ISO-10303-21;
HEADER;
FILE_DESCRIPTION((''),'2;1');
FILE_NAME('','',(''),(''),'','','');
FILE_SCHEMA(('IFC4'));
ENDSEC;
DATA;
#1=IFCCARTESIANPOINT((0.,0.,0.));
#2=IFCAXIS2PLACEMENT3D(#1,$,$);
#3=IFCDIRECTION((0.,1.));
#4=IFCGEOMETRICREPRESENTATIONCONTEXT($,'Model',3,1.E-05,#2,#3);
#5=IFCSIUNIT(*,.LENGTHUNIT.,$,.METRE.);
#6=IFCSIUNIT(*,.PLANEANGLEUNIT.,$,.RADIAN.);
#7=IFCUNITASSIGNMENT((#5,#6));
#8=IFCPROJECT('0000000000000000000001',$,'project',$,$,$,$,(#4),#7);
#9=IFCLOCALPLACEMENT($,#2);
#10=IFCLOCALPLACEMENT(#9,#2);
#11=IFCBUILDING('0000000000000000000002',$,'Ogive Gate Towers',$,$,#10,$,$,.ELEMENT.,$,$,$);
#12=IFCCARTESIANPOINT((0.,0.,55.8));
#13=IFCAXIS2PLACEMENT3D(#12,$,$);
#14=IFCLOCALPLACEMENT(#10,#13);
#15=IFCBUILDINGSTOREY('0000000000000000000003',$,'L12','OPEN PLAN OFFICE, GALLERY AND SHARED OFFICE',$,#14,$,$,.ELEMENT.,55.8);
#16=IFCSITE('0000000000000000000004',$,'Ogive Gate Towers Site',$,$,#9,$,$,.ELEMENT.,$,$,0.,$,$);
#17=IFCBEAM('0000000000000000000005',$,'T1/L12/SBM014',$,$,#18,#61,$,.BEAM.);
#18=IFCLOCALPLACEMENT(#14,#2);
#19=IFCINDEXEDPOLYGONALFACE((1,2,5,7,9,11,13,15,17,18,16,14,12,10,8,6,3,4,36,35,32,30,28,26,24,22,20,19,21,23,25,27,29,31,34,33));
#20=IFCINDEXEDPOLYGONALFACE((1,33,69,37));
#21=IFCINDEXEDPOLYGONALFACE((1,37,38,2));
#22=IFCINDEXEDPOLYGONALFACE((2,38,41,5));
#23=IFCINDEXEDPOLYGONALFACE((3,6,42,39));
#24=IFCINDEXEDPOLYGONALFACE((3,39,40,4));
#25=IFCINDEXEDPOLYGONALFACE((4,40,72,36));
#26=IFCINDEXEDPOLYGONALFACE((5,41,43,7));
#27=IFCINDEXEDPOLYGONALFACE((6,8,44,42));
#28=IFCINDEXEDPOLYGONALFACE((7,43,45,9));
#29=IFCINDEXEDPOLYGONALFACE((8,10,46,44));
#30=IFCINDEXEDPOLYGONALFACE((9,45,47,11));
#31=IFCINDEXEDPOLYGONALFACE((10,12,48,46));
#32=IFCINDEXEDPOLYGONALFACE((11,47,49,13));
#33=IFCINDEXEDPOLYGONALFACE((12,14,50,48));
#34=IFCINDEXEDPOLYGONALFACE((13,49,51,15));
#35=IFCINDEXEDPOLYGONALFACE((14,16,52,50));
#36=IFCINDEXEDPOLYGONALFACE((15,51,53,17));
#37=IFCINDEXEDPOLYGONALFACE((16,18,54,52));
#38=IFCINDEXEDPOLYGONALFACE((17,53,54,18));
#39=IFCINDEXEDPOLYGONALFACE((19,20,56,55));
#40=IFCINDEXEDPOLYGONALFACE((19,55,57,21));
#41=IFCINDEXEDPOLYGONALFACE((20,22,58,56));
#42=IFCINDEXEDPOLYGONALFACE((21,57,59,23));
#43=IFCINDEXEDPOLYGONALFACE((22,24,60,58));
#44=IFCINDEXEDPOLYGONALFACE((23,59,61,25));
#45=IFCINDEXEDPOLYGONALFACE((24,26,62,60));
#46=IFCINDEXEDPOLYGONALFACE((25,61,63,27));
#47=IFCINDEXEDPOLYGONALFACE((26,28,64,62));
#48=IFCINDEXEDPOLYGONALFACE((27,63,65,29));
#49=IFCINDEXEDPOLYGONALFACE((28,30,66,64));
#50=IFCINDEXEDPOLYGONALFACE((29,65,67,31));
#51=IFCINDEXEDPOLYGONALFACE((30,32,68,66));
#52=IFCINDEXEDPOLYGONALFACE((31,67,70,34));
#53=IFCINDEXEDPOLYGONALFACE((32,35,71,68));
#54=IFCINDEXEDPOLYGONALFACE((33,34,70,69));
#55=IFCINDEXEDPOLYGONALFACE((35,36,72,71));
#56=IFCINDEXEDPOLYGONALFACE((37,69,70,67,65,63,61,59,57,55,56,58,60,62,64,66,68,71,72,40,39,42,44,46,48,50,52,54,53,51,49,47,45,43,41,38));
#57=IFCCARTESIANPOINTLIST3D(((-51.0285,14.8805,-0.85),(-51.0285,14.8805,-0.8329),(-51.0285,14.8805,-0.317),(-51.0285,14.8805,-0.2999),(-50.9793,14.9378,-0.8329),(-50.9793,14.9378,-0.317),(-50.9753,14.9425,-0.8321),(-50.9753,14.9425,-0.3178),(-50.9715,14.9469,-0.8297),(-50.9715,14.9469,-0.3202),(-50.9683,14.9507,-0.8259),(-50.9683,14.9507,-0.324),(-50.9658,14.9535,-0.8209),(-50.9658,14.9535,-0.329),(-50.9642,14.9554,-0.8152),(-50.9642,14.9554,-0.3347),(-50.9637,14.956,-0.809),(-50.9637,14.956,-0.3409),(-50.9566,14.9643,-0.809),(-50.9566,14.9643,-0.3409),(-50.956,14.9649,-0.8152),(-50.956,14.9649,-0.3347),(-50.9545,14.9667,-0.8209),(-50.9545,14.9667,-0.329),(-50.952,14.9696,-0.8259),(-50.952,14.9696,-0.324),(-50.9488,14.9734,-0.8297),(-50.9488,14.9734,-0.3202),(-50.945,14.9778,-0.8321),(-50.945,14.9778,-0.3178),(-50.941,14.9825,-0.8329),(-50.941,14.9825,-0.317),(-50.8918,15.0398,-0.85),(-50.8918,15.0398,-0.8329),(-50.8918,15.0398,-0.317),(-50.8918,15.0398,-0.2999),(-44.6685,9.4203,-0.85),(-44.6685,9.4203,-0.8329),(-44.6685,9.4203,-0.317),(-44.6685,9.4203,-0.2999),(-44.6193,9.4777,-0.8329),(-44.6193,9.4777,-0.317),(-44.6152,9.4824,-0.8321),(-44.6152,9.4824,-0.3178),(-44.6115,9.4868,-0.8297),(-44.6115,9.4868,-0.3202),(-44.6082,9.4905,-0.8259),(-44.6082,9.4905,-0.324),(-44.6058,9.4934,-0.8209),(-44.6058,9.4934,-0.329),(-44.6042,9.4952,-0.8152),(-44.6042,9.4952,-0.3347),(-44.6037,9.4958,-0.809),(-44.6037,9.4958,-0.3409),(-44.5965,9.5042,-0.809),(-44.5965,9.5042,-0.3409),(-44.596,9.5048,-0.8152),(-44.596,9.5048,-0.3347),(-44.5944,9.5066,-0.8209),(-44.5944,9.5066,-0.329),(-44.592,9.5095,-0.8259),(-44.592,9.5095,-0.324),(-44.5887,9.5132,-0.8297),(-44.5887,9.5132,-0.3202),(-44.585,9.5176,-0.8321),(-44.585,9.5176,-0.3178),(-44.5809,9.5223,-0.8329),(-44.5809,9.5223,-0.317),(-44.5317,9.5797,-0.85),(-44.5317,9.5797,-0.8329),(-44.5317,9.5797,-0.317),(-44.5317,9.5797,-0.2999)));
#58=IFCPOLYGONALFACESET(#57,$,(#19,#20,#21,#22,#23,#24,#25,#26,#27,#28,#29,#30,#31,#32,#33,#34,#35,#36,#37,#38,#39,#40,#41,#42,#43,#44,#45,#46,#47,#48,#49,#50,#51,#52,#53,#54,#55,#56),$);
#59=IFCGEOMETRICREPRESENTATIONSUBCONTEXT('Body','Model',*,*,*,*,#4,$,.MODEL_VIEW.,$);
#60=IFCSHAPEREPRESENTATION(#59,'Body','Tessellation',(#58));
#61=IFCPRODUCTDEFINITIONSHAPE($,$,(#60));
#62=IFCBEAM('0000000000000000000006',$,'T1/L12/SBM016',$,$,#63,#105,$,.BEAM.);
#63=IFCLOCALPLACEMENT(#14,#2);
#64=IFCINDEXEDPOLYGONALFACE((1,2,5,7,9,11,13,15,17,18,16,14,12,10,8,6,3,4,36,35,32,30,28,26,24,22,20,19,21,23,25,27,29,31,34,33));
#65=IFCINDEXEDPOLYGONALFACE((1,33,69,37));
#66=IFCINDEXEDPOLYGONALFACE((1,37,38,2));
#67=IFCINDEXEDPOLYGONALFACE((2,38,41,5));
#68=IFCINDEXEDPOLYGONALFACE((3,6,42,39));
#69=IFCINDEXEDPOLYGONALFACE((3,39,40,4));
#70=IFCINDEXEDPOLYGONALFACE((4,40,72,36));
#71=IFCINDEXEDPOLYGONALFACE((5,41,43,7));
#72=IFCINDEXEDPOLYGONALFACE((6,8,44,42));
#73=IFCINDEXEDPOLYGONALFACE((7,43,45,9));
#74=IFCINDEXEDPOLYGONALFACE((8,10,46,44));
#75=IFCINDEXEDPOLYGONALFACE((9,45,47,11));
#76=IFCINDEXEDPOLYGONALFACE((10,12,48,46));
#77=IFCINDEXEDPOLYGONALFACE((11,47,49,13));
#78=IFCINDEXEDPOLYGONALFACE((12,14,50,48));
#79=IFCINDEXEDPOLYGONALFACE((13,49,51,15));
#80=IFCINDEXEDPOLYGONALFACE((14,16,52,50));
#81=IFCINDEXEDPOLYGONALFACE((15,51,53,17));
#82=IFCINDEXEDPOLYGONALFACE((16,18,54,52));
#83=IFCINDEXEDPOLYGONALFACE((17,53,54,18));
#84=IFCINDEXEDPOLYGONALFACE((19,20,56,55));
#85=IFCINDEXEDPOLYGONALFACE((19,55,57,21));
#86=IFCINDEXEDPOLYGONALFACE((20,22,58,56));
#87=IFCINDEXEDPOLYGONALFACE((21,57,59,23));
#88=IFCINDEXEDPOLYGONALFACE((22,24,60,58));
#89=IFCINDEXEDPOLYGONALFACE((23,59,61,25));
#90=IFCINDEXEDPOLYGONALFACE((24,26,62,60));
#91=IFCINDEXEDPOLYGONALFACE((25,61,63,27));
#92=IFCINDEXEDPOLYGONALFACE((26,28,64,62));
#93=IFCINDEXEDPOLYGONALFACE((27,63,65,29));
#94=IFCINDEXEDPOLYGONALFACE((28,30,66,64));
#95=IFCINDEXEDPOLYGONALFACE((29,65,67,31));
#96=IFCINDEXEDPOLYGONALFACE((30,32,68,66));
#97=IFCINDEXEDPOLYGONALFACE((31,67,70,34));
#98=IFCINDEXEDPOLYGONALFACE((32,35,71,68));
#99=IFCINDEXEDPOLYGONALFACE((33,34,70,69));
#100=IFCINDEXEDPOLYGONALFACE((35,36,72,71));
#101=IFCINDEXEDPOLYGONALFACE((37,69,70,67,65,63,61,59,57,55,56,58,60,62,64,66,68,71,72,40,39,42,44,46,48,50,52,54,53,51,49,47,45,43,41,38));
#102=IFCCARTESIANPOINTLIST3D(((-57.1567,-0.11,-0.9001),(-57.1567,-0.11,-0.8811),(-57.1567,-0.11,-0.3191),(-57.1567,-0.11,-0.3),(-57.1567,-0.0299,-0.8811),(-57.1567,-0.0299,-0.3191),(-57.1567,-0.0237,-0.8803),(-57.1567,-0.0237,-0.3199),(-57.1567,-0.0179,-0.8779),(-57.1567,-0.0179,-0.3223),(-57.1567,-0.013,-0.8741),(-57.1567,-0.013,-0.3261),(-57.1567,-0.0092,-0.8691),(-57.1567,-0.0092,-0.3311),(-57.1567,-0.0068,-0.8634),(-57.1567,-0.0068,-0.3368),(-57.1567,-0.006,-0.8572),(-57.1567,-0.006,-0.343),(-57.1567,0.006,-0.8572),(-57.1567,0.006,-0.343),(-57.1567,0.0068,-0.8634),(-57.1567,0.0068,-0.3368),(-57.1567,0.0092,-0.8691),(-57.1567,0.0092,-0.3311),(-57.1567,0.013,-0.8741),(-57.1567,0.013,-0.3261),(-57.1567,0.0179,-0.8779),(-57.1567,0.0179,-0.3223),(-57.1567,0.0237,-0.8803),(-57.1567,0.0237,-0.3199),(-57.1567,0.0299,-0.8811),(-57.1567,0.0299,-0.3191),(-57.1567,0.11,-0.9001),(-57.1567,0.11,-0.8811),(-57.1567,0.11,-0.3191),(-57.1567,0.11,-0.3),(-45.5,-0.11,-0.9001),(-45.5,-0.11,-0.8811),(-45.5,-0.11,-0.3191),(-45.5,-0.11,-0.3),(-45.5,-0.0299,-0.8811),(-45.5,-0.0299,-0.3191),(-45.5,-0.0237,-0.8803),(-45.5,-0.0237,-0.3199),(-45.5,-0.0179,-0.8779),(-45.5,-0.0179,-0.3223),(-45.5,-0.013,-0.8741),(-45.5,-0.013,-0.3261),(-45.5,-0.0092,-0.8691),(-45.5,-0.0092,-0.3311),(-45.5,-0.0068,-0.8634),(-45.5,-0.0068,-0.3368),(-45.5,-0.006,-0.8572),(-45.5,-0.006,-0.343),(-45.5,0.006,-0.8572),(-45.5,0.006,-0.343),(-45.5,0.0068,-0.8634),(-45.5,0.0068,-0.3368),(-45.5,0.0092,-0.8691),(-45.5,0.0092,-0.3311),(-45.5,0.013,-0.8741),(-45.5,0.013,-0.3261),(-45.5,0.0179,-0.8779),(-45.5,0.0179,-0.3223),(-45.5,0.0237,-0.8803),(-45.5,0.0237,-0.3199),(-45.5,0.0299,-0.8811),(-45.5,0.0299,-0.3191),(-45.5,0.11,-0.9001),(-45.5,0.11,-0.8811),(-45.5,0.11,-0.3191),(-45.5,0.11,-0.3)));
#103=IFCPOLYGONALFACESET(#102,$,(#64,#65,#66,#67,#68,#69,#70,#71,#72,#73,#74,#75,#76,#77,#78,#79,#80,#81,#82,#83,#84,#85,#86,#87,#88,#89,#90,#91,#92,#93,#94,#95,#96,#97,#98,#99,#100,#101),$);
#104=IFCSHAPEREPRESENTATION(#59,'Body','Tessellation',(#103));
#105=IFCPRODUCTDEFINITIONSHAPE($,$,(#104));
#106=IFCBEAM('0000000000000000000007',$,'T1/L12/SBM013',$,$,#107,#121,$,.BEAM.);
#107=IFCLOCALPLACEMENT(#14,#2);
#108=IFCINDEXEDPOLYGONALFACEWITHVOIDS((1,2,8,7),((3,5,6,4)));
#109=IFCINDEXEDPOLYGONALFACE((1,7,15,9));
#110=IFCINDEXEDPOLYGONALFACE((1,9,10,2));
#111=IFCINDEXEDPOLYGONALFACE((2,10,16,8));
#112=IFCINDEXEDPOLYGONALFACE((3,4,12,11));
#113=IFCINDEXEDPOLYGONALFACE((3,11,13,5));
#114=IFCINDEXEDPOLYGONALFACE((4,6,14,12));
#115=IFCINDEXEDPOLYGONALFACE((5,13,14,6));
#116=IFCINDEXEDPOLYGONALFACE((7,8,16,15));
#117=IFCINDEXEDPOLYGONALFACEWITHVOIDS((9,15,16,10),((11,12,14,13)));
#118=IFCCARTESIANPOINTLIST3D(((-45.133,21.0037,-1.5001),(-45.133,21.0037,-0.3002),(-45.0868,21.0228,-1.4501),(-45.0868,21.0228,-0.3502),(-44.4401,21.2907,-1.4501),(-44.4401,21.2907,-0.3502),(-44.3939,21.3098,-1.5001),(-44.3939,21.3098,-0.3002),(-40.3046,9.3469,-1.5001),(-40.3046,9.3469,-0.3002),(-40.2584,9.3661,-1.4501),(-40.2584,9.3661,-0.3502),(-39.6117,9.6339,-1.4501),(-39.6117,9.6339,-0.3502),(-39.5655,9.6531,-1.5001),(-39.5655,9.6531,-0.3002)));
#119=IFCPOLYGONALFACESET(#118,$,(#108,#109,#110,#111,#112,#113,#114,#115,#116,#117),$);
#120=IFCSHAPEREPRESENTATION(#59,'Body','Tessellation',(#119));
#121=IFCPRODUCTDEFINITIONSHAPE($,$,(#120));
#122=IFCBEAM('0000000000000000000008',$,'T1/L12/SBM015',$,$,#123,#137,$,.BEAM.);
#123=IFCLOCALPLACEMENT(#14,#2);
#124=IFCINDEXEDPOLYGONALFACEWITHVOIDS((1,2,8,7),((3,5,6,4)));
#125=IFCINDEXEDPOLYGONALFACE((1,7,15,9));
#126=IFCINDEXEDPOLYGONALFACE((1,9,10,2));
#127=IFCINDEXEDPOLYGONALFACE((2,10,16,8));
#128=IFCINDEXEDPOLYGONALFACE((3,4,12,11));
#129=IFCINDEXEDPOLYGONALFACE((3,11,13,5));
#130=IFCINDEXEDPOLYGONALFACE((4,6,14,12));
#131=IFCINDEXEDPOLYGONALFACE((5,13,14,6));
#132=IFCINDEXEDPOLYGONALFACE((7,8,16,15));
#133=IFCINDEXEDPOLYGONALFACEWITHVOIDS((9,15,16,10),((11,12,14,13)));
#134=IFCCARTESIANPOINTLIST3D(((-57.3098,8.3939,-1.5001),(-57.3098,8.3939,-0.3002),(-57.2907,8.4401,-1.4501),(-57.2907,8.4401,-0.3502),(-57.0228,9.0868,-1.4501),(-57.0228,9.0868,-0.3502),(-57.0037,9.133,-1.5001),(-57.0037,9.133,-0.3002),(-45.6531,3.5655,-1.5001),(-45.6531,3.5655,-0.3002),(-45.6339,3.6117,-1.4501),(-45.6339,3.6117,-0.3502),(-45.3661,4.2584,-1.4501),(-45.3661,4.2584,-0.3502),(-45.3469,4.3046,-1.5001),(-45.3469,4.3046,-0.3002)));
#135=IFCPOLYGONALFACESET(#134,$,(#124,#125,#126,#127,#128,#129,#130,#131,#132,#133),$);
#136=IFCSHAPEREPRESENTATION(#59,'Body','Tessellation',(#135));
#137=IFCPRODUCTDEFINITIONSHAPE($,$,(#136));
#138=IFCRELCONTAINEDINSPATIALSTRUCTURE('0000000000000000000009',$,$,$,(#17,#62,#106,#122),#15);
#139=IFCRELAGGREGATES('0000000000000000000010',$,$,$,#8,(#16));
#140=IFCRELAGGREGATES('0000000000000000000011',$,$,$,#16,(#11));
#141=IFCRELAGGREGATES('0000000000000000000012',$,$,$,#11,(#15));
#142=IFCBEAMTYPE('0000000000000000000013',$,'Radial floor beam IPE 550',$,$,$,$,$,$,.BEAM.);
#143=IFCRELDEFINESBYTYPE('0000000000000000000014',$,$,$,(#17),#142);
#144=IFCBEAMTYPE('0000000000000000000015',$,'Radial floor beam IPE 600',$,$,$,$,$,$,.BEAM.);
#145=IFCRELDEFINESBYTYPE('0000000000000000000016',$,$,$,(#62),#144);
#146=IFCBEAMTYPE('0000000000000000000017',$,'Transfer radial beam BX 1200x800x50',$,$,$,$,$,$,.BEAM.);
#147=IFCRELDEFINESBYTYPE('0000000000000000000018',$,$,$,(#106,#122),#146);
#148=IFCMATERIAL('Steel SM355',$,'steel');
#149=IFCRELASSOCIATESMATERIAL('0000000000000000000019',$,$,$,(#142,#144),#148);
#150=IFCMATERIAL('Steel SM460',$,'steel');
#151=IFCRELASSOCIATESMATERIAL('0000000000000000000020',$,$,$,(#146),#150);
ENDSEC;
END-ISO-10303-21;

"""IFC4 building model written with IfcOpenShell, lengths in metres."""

from ifc_helpers import new_model, si_unit, direction, frame, origin, origin_2d, place, context, subcontext, project, spatial, hollow_rectangle, i_section, extrude, material, material_profile, profile_set, type_object, element, save


model = new_model("IFC4")

# Units and contexts
model_context = context("Model", 3, precision=1e-05, world=origin(), true_north=direction((0.0, 1.0)))
body_context = subcontext(model_context, "Body", "Model", "MODEL_VIEW")
ifc_project = project(units=[si_unit("LENGTHUNIT", "METRE"), si_unit("PLANEANGLEUNIT", "RADIAN")], contexts=[model_context])

# Site, building, storey
site_placement = place(None, origin())
site = spatial("IfcSite", under=ifc_project, at=site_placement, Name="Ogive Gate Towers Site", CompositionType="ELEMENT", RefElevation=0.0)
building_placement = place(site_placement, origin())
building = spatial("IfcBuilding", under=site, at=building_placement, Name="Ogive Gate Towers", CompositionType="ELEMENT")
storey_placement = place(building_placement, frame((0.0, 0.0, 55.8)))
storey = spatial("IfcBuildingStorey", under=building, at=storey_placement, Name="L12", Description="OPEN PLAN OFFICE, GALLERY AND SHARED OFFICE", CompositionType="ELEMENT", Elevation=55.8)

# Beams
ifc_material_1 = material(Name="Steel SM355", Category="steel")
ifc_material_profile_1 = material_profile(ifc_material_1, i_section(OverallWidth=0.21, OverallDepth=0.55, WebThickness=0.011, FlangeThickness=0.0171, FilletRadius=0.0239, at=origin_2d()), Name="IPE 550")
ifc_profile_set_1 = profile_set([ifc_material_profile_1], Name="Steel SM355")
beam_type_1 = type_object("IfcBeamType", Name="Radial floor beam IPE 550", PredefinedType="BEAM", material=ifc_profile_set_1)
beam_1_placement = place(storey_placement, frame((-44.6001, 9.5, -0.575), z_axis=(-0.758744, 0.651388, 0.0), x_axis=(-0.651388, -0.758744, 0.0)))
element("IfcBeam", 1, at=beam_1_placement, inside=storey, type_object=beam_type_1, Name="T1/L12/SBM014", PredefinedType="BEAM", context=body_context, shape_type="SweptSolid", body=[
    extrude(i_section(OverallWidth=0.21, OverallDepth=0.55, WebThickness=0.011, FlangeThickness=0.0171, FilletRadius=0.0239, at=origin_2d()), origin(), (0.0, 0.0, 1.0), 8.3823),
])
ifc_material_profile_2 = material_profile(ifc_material_1, i_section(OverallWidth=0.22, OverallDepth=0.6001, WebThickness=0.012, FlangeThickness=0.019, FilletRadius=0.0239, at=origin_2d()), Name="IPE 600")
ifc_profile_set_2 = profile_set([ifc_material_profile_2], Name="Steel SM355")
beam_type_2 = type_object("IfcBeamType", Name="Radial floor beam IPE 600", PredefinedType="BEAM", material=ifc_profile_set_2)
beam_2_placement = place(storey_placement, frame((-45.5, 0.0, -0.6001), z_axis=(-1.0, 0.0, 0.0), x_axis=(0.0, -1.0, 0.0)))
element("IfcBeam", 2, at=beam_2_placement, inside=storey, type_object=beam_type_2, Name="T1/L12/SBM016", PredefinedType="BEAM", context=body_context, shape_type="SweptSolid", body=[
    extrude(i_section(OverallWidth=0.22, OverallDepth=0.6001, WebThickness=0.012, FlangeThickness=0.019, FilletRadius=0.0239, at=origin_2d()), origin(), (0.0, 0.0, 1.0), 11.6567),
])
ifc_material_2 = material(Name="Steel SM460", Category="steel")
ifc_material_profile_3 = material_profile(ifc_material_2, hollow_rectangle(XDim=0.8, YDim=1.2, WallThickness=0.05, at=origin_2d()), Name="BX 1200x800x50")
ifc_profile_set_3 = profile_set([ifc_material_profile_3], Name="Steel SM460")
beam_type_3 = type_object("IfcBeamType", Name="Transfer radial beam BX 1200x800x50", PredefinedType="BEAM", material=ifc_profile_set_3)
for number, where, z_axis, x_axis, name in (
    (3, (-39.9351, 9.5, -0.9001), (-0.382683, 0.92388, 0.0), (-0.92388, -0.382683, 0.0), "T1/L12/SBM013"),
    (4, (-45.5, 3.9351, -0.9001), (-0.92388, 0.382683, 0.0), (-0.382683, -0.92388, 0.0), "T1/L12/SBM015"),
):
    element("IfcBeam", number, at=place(storey_placement, frame(where, z_axis=z_axis, x_axis=x_axis)), inside=storey, type_object=beam_type_3, Name=name, PredefinedType="BEAM", context=body_context, shape_type="SweptSolid", body=[
        extrude(hollow_rectangle(XDim=0.8, YDim=1.2, WallThickness=0.05, at=origin_2d()), origin(), (0.0, 0.0, 1.0), 12.6172),
    ])

save(model, "model.ifc")
